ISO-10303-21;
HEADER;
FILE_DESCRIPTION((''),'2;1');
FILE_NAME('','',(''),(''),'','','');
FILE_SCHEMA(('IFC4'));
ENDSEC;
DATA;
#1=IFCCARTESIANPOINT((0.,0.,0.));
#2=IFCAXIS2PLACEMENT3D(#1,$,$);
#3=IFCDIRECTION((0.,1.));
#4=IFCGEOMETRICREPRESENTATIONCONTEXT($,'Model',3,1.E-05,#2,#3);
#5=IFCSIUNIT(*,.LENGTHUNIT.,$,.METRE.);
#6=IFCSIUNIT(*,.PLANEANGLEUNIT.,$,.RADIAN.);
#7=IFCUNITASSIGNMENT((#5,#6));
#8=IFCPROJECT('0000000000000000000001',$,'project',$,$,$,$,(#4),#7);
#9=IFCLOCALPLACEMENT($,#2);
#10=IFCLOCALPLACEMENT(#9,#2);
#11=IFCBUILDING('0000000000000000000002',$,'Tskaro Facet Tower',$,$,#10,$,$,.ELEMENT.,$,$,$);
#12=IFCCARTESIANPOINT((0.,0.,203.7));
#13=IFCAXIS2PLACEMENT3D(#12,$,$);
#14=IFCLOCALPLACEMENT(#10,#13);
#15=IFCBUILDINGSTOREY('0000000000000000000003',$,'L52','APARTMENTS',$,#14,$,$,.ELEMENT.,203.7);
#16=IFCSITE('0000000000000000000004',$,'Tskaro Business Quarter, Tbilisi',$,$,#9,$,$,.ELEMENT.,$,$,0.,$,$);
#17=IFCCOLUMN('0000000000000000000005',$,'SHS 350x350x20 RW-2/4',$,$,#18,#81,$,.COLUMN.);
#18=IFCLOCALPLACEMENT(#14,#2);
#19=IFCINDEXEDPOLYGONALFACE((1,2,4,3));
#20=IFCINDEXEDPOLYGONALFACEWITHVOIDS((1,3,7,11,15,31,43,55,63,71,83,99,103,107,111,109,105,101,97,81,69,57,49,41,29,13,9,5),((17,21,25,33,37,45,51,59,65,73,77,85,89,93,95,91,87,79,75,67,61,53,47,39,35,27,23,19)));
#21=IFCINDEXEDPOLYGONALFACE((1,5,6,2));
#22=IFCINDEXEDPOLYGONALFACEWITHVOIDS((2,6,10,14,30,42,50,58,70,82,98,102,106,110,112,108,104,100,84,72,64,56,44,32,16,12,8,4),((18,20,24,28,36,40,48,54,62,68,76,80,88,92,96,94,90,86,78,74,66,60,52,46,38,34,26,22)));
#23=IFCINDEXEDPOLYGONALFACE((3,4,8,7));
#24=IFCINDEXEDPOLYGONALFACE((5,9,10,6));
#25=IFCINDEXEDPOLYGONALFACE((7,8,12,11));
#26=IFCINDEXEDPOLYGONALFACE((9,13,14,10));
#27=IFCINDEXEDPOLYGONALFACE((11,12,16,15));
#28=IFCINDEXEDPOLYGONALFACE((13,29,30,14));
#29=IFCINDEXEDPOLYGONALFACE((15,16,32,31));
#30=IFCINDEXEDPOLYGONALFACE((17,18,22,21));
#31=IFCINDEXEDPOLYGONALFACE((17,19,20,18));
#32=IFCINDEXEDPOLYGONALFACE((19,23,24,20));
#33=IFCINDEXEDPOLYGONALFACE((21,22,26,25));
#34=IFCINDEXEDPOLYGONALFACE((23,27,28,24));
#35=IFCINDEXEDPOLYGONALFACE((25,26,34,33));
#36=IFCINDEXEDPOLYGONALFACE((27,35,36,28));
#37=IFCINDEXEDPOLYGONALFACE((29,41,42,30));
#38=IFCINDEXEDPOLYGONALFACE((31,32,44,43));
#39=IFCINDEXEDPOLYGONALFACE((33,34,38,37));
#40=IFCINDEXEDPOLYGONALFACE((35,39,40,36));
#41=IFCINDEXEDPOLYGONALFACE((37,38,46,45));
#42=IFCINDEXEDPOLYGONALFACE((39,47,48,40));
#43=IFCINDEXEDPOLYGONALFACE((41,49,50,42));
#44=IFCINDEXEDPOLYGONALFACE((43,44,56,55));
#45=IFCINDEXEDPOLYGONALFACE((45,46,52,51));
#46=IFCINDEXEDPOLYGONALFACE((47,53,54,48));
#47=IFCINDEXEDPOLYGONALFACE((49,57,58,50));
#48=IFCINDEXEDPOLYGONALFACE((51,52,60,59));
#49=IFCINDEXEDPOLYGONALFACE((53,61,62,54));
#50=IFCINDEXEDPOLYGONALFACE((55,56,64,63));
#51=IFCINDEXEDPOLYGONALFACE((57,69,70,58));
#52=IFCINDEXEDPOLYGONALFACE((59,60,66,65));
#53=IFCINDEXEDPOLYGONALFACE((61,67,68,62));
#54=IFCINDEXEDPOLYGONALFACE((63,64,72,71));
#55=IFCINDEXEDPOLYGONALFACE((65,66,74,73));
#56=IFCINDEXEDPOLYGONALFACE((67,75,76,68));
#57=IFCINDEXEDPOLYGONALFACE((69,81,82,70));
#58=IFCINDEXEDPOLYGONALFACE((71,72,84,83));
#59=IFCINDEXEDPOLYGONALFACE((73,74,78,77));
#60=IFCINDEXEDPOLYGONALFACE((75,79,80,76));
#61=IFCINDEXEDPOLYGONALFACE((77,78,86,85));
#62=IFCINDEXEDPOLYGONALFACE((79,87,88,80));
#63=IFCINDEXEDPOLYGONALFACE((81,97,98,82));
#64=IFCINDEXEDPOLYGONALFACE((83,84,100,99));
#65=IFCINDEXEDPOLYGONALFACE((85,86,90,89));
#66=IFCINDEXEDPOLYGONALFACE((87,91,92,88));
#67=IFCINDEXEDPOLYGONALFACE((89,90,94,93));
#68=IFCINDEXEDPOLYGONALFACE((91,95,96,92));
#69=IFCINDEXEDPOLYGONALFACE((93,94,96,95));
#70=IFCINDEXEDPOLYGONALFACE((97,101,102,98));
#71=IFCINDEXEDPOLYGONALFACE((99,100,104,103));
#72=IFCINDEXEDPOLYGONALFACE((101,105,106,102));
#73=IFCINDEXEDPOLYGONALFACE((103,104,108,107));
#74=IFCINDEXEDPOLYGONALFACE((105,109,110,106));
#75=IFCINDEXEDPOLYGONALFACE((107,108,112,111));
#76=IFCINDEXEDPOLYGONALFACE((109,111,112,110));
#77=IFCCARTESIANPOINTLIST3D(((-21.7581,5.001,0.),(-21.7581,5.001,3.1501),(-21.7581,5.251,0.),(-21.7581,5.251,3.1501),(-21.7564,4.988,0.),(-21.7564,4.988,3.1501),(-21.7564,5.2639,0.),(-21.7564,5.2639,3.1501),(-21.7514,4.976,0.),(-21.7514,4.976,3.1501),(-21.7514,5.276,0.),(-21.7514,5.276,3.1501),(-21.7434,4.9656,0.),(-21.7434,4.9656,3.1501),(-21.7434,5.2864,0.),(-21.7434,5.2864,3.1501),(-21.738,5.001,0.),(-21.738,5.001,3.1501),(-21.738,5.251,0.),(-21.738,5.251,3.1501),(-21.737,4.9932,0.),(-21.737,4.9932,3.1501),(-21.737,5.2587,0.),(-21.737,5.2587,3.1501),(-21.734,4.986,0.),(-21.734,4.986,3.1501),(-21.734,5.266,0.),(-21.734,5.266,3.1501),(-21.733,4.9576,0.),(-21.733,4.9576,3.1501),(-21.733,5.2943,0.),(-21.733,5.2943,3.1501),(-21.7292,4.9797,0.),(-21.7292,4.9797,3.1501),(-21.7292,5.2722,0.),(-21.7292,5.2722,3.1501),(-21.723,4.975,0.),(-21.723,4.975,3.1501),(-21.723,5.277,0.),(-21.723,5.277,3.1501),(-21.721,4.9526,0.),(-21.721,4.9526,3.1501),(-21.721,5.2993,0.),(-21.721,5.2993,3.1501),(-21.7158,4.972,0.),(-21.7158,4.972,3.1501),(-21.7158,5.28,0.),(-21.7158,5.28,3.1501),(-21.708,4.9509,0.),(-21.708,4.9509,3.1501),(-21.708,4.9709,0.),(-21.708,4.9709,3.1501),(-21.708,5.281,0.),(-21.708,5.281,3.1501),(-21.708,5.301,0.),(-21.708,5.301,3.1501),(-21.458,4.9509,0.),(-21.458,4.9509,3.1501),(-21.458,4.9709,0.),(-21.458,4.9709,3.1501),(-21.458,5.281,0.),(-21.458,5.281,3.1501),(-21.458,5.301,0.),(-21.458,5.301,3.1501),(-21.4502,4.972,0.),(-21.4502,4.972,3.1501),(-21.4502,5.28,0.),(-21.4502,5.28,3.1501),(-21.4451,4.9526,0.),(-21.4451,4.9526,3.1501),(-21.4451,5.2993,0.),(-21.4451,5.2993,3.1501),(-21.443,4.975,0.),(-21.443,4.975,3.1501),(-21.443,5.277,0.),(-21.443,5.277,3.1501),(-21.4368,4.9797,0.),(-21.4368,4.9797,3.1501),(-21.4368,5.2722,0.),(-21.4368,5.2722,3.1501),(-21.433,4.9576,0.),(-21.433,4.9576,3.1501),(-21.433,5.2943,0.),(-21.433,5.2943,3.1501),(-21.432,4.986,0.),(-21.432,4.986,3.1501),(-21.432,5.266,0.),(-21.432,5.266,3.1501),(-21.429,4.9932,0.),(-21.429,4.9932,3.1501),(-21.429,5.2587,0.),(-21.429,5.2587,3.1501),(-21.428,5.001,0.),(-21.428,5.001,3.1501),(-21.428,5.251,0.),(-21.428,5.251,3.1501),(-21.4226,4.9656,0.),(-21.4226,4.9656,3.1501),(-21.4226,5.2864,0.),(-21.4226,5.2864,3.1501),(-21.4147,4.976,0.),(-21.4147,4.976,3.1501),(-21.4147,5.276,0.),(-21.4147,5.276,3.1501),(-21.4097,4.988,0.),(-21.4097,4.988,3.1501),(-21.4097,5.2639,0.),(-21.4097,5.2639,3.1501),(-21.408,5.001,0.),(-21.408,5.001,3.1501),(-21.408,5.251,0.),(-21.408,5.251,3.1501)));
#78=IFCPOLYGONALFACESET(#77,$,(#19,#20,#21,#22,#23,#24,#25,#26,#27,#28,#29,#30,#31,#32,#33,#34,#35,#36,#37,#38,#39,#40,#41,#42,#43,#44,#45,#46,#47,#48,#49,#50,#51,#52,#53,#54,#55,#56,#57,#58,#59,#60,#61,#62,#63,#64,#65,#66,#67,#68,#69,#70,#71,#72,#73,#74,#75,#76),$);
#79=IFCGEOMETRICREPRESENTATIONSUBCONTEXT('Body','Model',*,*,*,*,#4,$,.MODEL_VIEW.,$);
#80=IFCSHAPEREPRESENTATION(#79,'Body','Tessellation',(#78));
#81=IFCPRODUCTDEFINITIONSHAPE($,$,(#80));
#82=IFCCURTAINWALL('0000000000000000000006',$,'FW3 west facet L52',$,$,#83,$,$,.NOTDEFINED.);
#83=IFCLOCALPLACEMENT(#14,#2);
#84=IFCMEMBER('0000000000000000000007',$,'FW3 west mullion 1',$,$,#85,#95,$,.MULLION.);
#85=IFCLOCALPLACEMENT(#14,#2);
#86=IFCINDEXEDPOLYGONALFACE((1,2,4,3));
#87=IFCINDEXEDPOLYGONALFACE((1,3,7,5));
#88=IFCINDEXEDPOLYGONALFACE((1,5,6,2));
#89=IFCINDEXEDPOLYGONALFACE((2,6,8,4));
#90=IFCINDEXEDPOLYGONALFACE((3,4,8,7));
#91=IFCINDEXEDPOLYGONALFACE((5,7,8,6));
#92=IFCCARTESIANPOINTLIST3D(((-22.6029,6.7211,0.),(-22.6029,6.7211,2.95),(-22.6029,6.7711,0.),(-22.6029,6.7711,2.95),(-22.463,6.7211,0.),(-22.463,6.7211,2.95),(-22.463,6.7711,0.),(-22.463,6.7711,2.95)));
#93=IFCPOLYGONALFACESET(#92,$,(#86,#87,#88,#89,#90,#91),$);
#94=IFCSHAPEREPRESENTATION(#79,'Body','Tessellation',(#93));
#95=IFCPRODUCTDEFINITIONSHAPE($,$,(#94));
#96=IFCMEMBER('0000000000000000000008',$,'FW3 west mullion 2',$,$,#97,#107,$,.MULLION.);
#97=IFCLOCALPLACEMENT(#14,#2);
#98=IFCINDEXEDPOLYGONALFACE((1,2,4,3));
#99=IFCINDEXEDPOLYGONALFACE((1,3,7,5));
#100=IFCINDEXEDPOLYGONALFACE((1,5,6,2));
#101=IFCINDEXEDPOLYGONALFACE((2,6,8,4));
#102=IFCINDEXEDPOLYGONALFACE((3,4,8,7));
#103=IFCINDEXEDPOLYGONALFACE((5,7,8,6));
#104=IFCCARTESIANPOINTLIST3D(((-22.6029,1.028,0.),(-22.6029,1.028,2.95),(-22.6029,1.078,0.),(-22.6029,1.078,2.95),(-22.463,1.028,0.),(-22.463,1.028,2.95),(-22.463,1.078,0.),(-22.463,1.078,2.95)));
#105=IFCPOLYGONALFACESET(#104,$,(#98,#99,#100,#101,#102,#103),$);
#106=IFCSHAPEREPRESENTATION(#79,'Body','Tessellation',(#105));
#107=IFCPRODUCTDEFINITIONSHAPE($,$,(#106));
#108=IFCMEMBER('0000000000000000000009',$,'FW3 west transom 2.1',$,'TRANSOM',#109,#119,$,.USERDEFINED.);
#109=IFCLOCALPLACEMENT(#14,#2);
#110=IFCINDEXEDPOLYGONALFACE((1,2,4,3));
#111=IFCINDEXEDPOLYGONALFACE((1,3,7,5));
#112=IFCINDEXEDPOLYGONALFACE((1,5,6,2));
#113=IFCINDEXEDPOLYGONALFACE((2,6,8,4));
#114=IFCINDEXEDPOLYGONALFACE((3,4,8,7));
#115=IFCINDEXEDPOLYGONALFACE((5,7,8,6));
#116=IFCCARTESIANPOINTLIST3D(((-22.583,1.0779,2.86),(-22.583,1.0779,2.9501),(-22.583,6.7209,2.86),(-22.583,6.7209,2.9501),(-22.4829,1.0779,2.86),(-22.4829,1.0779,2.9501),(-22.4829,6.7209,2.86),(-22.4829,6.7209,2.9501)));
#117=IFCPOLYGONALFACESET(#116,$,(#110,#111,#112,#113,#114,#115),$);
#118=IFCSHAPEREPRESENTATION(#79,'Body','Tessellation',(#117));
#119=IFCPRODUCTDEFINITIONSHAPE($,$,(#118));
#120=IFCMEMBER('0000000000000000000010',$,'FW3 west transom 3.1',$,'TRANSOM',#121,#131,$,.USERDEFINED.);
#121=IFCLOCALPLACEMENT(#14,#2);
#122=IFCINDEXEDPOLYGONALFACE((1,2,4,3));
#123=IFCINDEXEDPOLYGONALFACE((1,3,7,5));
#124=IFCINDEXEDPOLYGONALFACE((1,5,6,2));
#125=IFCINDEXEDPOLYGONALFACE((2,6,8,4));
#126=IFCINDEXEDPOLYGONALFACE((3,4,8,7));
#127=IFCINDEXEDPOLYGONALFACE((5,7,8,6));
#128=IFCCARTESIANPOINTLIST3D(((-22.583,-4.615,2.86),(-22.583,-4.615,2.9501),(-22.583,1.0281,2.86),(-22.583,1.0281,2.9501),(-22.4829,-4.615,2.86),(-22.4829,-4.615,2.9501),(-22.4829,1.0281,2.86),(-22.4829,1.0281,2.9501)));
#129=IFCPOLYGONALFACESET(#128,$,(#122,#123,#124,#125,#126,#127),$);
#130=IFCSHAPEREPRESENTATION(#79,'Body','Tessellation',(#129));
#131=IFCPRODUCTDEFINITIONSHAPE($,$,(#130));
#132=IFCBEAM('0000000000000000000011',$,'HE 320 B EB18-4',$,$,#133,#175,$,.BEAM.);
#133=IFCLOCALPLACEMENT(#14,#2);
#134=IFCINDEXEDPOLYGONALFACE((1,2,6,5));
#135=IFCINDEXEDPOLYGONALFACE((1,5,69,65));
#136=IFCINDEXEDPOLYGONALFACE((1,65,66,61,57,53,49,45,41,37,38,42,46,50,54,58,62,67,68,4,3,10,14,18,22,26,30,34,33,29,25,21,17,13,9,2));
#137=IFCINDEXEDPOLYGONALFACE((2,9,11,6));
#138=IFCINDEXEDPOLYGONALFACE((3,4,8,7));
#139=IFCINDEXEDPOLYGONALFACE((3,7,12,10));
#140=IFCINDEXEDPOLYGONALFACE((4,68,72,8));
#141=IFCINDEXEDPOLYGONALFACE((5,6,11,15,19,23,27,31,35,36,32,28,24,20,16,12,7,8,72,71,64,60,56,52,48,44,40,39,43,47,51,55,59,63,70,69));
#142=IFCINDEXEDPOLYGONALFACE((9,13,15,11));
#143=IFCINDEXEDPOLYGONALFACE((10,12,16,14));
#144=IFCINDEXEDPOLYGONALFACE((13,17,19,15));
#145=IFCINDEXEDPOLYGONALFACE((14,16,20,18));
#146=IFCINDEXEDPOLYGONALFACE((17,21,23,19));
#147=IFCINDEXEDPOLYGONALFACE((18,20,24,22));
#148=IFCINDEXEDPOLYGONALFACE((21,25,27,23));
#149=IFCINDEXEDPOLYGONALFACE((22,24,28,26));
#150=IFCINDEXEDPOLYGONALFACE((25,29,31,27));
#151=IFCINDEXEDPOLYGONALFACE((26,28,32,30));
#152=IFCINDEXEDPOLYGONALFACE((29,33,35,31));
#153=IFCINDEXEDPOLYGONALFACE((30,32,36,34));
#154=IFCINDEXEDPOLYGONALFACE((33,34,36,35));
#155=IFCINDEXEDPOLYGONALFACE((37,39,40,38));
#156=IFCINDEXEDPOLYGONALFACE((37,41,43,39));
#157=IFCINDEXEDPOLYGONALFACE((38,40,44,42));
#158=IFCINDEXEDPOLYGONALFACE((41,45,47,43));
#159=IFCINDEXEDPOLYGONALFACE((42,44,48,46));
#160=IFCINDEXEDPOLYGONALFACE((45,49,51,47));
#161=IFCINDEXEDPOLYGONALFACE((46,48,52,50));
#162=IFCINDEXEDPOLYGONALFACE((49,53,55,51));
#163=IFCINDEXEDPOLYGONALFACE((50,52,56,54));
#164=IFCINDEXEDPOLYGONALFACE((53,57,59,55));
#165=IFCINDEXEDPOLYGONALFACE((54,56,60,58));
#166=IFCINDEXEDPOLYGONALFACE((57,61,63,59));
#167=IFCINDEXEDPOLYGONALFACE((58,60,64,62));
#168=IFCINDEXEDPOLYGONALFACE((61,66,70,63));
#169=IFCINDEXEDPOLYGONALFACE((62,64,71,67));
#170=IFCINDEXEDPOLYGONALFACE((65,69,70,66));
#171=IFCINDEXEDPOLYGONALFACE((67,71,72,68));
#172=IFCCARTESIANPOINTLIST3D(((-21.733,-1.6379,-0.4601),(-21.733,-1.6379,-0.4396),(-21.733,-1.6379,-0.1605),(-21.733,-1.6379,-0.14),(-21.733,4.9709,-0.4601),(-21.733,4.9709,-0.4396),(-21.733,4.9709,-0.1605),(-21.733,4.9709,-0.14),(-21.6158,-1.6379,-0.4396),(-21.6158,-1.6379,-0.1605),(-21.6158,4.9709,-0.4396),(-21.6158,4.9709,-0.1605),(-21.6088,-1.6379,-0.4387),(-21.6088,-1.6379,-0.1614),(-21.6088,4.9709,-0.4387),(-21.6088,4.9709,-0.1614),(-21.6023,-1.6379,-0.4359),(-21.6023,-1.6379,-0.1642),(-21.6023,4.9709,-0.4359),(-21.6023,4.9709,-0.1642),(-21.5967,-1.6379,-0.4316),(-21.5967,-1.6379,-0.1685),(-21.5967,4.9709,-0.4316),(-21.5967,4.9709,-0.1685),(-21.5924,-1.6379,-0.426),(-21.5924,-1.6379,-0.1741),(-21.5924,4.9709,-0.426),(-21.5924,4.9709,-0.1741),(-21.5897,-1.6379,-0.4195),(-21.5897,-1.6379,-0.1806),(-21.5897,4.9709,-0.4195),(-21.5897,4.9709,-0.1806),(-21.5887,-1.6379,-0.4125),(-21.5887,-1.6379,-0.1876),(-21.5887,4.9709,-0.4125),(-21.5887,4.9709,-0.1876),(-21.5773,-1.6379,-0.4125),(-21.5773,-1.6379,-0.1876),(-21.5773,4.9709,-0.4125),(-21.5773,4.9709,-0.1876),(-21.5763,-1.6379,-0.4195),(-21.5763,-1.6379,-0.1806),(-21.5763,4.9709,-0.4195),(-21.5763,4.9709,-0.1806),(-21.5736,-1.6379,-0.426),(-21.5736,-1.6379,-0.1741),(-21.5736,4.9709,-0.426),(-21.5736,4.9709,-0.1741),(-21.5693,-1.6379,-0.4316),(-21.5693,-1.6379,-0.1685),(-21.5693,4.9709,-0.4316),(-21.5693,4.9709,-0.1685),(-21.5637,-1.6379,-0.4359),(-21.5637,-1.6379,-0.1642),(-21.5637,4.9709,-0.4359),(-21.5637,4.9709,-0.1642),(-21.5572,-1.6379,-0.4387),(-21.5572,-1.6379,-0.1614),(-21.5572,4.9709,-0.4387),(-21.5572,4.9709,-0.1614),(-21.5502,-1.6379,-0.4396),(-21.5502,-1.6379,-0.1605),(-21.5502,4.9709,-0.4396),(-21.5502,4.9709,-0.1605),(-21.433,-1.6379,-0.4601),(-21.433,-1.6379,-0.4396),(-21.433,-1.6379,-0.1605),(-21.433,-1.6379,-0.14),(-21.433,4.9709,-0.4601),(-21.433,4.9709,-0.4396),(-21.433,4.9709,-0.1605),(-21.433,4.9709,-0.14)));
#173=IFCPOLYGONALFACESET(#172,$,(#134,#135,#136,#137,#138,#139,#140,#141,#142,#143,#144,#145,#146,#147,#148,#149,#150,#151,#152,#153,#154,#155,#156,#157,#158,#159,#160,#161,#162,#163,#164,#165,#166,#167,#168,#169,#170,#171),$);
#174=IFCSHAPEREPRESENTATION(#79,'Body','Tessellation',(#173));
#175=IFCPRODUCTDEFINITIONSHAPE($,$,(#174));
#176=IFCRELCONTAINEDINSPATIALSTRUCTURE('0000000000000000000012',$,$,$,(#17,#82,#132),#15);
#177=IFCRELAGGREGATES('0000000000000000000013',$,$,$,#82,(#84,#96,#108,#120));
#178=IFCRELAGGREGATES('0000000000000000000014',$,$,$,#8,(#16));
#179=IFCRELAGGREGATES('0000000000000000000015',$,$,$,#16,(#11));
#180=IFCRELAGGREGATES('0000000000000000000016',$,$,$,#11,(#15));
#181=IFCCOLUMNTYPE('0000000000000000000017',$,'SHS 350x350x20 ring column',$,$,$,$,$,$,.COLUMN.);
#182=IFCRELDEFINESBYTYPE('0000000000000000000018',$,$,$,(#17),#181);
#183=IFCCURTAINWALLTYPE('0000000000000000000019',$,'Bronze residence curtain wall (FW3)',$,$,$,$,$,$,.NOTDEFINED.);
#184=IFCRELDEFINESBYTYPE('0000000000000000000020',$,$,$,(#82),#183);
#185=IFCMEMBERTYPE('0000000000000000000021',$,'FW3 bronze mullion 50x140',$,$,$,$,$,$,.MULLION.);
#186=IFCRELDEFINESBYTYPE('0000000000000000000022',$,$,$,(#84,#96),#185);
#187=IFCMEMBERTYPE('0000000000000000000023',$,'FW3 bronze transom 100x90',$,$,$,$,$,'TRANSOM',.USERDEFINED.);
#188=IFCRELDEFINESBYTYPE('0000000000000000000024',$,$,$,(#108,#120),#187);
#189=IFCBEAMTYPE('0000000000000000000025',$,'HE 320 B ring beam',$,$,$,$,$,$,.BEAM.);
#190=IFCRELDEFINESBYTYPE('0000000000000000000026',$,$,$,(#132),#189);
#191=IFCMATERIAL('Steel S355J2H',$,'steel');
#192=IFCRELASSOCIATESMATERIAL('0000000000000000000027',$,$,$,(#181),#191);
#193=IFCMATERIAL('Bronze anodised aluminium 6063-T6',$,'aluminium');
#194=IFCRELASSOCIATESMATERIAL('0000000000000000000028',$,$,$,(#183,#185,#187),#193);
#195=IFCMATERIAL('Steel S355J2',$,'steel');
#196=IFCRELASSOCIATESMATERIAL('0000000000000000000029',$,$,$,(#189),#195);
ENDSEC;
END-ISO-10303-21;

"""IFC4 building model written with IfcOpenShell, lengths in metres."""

from ifc_helpers import new_model, si_unit, direction, frame, origin, origin_2d, place, context, subcontext, project, spatial, rectangle, hollow_rectangle, i_section, extrude, material, material_profile, profile_set, type_object, element, aggregate, save


model = new_model("IFC4")

# Units and contexts
model_context = context("Model", 3, precision=1e-05, world=origin(), true_north=direction((0.0, 1.0)))
body_context = subcontext(model_context, "Body", "Model", "MODEL_VIEW")
ifc_project = project(units=[si_unit("LENGTHUNIT", "METRE"), si_unit("PLANEANGLEUNIT", "RADIAN")], contexts=[model_context])

# Site, building, storey
site_placement = place(None, origin())
site = spatial("IfcSite", under=ifc_project, at=site_placement, Name="Tskaro Business Quarter, Tbilisi", CompositionType="ELEMENT", RefElevation=0.0)
building_placement = place(site_placement, origin())
building = spatial("IfcBuilding", under=site, at=building_placement, Name="Tskaro Facet Tower", CompositionType="ELEMENT")
storey_placement = place(building_placement, frame((0.0, 0.0, 203.7)))
storey = spatial("IfcBuildingStorey", under=building, at=storey_placement, Name="L52", Description="APARTMENTS", CompositionType="ELEMENT", Elevation=203.7)

# Column
ifc_material_1 = material(Name="Steel S355J2H", Category="steel")
ifc_material_profile_1 = material_profile(ifc_material_1, hollow_rectangle(XDim=0.3501, YDim=0.3501, WallThickness=0.02, InnerFilletRadius=0.03, OuterFilletRadius=0.05, at=origin_2d()), Name="SHS 350x350x20")
ifc_profile_set_1 = profile_set([ifc_material_profile_1], Name="Steel S355J2H")
column_type_1 = type_object("IfcColumnType", Name="SHS 350x350x20 ring column", PredefinedType="COLUMN", material=ifc_profile_set_1)
column_1_placement = place(storey_placement, frame((-21.583, 5.126, 0.0), z_axis=(0.0, 0.0, 1.0), x_axis=(1.0, 0.0, 0.0)))
element("IfcColumn", 1, at=column_1_placement, inside=storey, type_object=column_type_1, Name="SHS 350x350x20 RW-2/4", PredefinedType="COLUMN", context=body_context, shape_type="SweptSolid", body=[
    extrude(hollow_rectangle(XDim=0.3501, YDim=0.3501, WallThickness=0.02, InnerFilletRadius=0.03, OuterFilletRadius=0.05, at=origin_2d()), origin(), (0.0, 0.0, 1.0), 3.1501),
])

# Curtain wall, members
ifc_material_2 = material(Name="Bronze anodised aluminium 6063-T6", Category="aluminium")
curtain_wall_type = type_object("IfcCurtainWallType", Name="Bronze residence curtain wall (FW3)", PredefinedType="NOTDEFINED", material=ifc_material_2)
curtain_wall_placement = place(storey_placement, origin())
curtain_wall = element("IfcCurtainWall", 2, at=curtain_wall_placement, inside=storey, type_object=curtain_wall_type, Name="FW3 west facet L52", PredefinedType="NOTDEFINED")
ifc_material_profile_2 = material_profile(ifc_material_2, rectangle(XDim=0.05, YDim=0.1399, at=origin_2d()), Name="Mullion 50x140")
ifc_profile_set_2 = profile_set([ifc_material_profile_2], Name="Bronze anodised aluminium 6063-T6")
member_type_1 = type_object("IfcMemberType", Name="FW3 bronze mullion 50x140", PredefinedType="MULLION", material=ifc_profile_set_2)
member_1_placement = place(storey_placement, frame((-22.533, 6.7461, 0.0), z_axis=(0.0, 0.0, 1.0), x_axis=(0.0, -1.0, 0.0)))
member_1 = element("IfcMember", 3, at=member_1_placement, type_object=member_type_1, Name="FW3 west mullion 1", PredefinedType="MULLION", context=body_context, shape_type="SweptSolid", body=[
    extrude(rectangle(XDim=0.05, YDim=0.1399, at=origin_2d()), origin(), (0.0, 0.0, 1.0), 2.95),
])
member_2_placement = place(storey_placement, frame((-22.533, 1.053, 0.0), z_axis=(0.0, 0.0, 1.0), x_axis=(0.0, -1.0, 0.0)))
member_2 = element("IfcMember", 4, at=member_2_placement, type_object=member_type_1, Name="FW3 west mullion 2", PredefinedType="MULLION", context=body_context, shape_type="SweptSolid", body=[
    extrude(rectangle(XDim=0.05, YDim=0.1399, at=origin_2d()), origin(), (0.0, 0.0, 1.0), 2.95),
])
ifc_material_profile_3 = material_profile(ifc_material_2, rectangle(XDim=0.1001, YDim=0.0901, at=origin_2d()), Name="Transom 100x90")
ifc_profile_set_3 = profile_set([ifc_material_profile_3], Name="Bronze anodised aluminium 6063-T6")
member_type_2 = type_object("IfcMemberType", Name="FW3 bronze transom 100x90", ElementType="TRANSOM", PredefinedType="USERDEFINED", material=ifc_profile_set_3)
member_3_placement = place(storey_placement, frame((-22.533, 6.7209, 2.905), z_axis=(0.0, -1.0, 0.0), x_axis=(1.0, 0.0, 0.0)))
member_3 = element("IfcMember", 5, at=member_3_placement, type_object=member_type_2, Name="FW3 west transom 2.1", ObjectType="TRANSOM", PredefinedType="USERDEFINED", context=body_context, shape_type="SweptSolid", body=[
    extrude(rectangle(XDim=0.1001, YDim=0.0901, at=origin_2d()), origin(), (0.0, 0.0, 1.0), 5.6431),
])
member_4_placement = place(storey_placement, frame((-22.533, 1.0281, 2.905), z_axis=(0.0, -1.0, 0.0), x_axis=(1.0, 0.0, 0.0)))
member_4 = element("IfcMember", 6, at=member_4_placement, type_object=member_type_2, Name="FW3 west transom 3.1", ObjectType="TRANSOM", PredefinedType="USERDEFINED", context=body_context, shape_type="SweptSolid", body=[
    extrude(rectangle(XDim=0.1001, YDim=0.0901, at=origin_2d()), origin(), (0.0, 0.0, 1.0), 5.6431),
])

# Beam
ifc_material_3 = material(Name="Steel S355J2", Category="steel")
ifc_material_profile_4 = material_profile(ifc_material_3, i_section(OverallWidth=0.3, OverallDepth=0.3201, WebThickness=0.0115, FlangeThickness=0.0205, FilletRadius=0.0271, at=origin_2d()), Name="HE 320 B")
ifc_profile_set_4 = profile_set([ifc_material_profile_4], Name="Steel S355J2")
beam_type_1 = type_object("IfcBeamType", Name="HE 320 B ring beam", PredefinedType="BEAM", material=ifc_profile_set_4)
beam_1_placement = place(storey_placement, frame((-21.583, 4.9709, -0.3), z_axis=(0.0, -1.0, 0.0), x_axis=(1.0, 0.0, 0.0)))
element("IfcBeam", 7, at=beam_1_placement, inside=storey, type_object=beam_type_1, Name="HE 320 B EB18-4", PredefinedType="BEAM", context=body_context, shape_type="SweptSolid", body=[
    extrude(i_section(OverallWidth=0.3, OverallDepth=0.3201, WebThickness=0.0115, FlangeThickness=0.0205, FilletRadius=0.0271, at=origin_2d()), origin(), (0.0, 0.0, 1.0), 6.6089),
])

aggregate(curtain_wall, [member_1, member_2, member_3, member_4])

save(model, "model.ifc")
